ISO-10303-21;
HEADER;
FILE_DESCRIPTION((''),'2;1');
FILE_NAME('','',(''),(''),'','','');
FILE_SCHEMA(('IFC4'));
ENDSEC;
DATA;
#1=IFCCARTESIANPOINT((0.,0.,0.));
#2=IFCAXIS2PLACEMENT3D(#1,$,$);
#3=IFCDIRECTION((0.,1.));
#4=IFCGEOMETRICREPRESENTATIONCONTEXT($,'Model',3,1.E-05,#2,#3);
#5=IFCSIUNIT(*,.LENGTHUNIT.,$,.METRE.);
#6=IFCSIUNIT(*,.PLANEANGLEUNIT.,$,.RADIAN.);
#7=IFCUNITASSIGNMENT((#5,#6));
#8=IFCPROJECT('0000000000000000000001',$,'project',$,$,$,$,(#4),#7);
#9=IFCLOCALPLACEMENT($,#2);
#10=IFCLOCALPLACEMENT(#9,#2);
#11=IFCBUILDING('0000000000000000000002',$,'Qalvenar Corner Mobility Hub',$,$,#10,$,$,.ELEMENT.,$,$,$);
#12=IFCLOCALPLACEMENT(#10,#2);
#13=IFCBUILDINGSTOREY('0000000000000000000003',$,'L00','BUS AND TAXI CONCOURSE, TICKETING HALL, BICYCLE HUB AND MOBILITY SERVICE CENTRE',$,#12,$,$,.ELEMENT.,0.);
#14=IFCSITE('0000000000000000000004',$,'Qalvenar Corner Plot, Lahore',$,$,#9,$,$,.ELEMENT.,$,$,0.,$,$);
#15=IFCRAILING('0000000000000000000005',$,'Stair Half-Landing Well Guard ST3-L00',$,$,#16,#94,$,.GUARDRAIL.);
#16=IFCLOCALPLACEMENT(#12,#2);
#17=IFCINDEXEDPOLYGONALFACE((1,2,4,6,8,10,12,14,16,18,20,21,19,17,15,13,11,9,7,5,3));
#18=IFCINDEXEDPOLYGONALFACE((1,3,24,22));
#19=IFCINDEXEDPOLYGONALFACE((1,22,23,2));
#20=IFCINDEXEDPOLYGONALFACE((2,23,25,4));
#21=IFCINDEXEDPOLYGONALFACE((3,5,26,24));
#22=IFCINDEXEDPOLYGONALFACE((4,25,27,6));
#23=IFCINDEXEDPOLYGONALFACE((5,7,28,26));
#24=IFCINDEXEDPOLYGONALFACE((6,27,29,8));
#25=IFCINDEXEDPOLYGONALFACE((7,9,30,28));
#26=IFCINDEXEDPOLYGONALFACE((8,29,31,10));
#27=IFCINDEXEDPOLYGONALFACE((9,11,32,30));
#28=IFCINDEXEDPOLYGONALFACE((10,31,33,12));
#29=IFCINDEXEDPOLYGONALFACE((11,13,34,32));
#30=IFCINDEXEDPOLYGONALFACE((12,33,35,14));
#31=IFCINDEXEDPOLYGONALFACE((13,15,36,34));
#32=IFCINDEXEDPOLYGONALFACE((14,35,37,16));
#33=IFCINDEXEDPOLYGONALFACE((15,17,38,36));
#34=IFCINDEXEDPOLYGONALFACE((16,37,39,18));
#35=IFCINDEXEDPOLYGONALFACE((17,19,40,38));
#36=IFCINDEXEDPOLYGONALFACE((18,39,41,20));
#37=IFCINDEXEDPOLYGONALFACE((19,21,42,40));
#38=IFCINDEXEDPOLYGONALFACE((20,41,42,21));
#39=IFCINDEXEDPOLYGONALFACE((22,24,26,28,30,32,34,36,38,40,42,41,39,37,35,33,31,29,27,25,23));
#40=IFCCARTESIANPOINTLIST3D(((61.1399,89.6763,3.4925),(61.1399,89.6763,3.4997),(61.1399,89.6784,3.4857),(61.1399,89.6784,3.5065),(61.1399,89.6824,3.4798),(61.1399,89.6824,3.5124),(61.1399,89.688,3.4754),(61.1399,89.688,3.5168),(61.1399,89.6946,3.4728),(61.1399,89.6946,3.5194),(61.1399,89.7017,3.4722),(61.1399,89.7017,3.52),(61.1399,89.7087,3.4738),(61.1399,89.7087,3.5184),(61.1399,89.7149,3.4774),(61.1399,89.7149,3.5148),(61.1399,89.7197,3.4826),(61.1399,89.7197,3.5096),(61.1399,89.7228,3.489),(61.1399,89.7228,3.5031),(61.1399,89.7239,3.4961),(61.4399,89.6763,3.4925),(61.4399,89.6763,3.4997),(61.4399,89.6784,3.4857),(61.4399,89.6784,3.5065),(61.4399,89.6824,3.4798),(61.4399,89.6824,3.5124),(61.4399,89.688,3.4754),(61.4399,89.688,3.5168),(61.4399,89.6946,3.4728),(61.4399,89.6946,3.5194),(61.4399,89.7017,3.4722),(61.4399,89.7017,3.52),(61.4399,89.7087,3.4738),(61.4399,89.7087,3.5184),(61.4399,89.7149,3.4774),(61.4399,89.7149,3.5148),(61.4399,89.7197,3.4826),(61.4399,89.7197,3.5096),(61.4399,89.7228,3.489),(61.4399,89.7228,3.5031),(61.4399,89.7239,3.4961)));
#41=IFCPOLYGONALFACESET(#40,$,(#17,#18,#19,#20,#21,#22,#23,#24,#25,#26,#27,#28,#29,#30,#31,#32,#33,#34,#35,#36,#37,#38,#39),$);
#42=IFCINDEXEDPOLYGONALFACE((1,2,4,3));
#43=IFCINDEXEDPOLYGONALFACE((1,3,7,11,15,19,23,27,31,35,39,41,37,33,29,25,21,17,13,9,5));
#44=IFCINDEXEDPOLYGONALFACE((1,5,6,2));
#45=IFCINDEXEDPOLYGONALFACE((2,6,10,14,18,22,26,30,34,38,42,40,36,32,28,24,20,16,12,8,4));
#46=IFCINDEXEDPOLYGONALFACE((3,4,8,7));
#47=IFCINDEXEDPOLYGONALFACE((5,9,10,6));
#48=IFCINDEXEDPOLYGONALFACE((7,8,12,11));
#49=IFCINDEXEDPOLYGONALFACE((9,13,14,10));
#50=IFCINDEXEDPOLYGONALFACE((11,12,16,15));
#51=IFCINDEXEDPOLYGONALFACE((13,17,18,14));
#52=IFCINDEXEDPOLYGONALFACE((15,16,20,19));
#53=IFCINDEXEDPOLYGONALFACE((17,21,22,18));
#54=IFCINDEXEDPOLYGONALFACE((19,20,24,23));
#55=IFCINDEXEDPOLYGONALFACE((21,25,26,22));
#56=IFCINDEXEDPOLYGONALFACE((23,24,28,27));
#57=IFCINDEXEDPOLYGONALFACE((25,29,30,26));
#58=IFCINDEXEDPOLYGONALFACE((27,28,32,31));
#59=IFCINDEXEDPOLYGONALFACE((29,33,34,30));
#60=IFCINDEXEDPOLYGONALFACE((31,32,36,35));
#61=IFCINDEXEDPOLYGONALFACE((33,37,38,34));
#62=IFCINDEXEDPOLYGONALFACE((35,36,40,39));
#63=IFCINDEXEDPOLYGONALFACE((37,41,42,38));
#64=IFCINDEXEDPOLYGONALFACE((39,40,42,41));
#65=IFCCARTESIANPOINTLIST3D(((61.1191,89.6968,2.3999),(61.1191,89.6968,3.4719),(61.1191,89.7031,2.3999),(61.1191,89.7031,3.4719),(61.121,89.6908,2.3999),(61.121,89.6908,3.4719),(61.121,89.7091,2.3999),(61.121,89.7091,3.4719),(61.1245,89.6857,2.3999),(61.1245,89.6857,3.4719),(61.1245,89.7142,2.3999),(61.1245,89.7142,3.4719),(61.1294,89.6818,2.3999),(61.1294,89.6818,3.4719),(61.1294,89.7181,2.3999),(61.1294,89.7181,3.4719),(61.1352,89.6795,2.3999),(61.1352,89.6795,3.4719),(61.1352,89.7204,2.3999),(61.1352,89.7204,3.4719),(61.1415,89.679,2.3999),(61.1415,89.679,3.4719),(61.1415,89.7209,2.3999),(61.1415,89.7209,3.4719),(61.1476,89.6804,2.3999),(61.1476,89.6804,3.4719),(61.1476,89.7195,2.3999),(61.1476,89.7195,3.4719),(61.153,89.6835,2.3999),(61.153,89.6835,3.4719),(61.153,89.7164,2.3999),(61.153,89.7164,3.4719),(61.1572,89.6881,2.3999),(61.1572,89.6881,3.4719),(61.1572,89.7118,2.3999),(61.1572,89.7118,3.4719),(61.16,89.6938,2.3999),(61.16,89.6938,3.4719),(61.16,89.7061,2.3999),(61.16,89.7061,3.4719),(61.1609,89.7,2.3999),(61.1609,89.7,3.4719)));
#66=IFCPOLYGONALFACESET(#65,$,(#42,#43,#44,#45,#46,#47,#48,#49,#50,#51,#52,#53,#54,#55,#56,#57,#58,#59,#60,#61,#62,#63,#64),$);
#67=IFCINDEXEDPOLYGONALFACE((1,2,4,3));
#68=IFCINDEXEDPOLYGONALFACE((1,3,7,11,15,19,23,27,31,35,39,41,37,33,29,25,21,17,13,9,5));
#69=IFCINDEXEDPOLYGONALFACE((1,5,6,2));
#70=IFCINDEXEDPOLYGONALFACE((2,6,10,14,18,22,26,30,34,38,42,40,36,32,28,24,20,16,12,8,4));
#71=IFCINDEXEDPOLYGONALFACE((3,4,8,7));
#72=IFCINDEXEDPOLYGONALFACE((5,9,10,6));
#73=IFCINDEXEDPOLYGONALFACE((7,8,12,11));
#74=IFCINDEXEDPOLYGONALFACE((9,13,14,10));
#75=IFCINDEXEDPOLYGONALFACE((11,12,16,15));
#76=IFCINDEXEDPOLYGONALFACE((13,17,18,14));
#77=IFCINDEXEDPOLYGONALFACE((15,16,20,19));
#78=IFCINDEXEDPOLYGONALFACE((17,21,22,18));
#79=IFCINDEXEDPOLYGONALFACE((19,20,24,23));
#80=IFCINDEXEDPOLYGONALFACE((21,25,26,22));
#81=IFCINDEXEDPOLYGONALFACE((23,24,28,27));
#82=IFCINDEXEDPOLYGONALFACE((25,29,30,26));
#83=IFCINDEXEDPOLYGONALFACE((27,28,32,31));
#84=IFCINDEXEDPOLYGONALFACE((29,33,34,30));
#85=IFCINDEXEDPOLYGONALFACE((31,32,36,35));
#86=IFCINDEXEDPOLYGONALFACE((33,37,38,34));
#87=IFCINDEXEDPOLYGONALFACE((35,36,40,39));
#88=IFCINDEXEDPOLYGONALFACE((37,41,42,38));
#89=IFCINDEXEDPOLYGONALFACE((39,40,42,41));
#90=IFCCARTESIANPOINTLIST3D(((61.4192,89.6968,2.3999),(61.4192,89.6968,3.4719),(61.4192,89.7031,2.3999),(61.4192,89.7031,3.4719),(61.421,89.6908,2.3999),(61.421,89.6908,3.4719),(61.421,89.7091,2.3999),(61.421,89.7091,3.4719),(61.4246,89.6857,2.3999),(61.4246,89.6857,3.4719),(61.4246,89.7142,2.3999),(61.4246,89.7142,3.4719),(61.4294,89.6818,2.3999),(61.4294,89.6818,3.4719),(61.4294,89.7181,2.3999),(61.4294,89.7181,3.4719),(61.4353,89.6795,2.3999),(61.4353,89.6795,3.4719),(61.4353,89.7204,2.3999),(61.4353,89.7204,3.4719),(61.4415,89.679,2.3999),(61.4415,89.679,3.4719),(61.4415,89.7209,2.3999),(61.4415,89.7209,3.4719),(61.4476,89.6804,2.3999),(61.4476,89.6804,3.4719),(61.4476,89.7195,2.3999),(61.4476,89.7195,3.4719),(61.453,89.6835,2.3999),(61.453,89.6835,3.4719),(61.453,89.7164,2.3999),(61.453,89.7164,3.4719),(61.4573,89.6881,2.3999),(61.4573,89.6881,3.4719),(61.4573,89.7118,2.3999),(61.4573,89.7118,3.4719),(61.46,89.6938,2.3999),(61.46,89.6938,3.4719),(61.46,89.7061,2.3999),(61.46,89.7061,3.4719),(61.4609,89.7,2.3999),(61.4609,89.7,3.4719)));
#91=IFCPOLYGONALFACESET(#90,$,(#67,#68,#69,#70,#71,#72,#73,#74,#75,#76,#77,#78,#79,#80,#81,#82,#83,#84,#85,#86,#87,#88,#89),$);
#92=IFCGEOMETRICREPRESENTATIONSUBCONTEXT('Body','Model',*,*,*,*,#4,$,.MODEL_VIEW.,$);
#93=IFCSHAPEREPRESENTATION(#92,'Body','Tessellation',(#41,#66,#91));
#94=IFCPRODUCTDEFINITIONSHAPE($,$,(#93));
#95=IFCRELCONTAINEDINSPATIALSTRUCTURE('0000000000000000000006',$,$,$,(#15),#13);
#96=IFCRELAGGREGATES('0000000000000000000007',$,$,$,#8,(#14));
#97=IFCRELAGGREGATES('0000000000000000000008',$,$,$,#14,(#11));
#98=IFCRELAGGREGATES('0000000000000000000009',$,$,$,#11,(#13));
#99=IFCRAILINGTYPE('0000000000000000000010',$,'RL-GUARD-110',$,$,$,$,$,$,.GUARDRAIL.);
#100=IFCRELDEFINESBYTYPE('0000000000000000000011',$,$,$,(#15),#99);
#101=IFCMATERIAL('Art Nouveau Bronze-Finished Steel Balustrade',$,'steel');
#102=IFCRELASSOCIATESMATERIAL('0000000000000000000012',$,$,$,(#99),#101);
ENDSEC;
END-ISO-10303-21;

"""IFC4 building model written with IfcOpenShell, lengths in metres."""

from ifc_helpers import new_model, si_unit, direction, frame, origin, origin_2d, place, context, subcontext, project, spatial, circle, extrude, material, type_object, element, save


model = new_model("IFC4")

# Units and contexts
model_context = context("Model", 3, precision=1e-05, world=origin(), true_north=direction((0.0, 1.0)))
body_context = subcontext(model_context, "Body", "Model", "MODEL_VIEW")
ifc_project = project(units=[si_unit("LENGTHUNIT", "METRE"), si_unit("PLANEANGLEUNIT", "RADIAN")], contexts=[model_context])

# Site, building, storey
site_placement = place(None, origin())
site = spatial("IfcSite", under=ifc_project, at=site_placement, Name="Qalvenar Corner Plot, Lahore", CompositionType="ELEMENT", RefElevation=0.0)
building_placement = place(site_placement, origin())
building = spatial("IfcBuilding", under=site, at=building_placement, Name="Qalvenar Corner Mobility Hub", CompositionType="ELEMENT")
storey_placement = place(building_placement, origin())
storey = spatial("IfcBuildingStorey", under=building, at=storey_placement, Name="L00", Description="BUS AND TAXI CONCOURSE, TICKETING HALL, BICYCLE HUB AND MOBILITY SERVICE CENTRE", CompositionType="ELEMENT", Elevation=0.0)

# Railing
ifc_material_1 = material(Name="Art Nouveau Bronze-Finished Steel Balustrade", Category="steel")
railing_type_1 = type_object("IfcRailingType", Name="RL-GUARD-110", PredefinedType="GUARDRAIL", material=ifc_material_1)
railing_1_placement = place(storey_placement, frame((61.1399, 89.7, 2.3999)))
element("IfcRailing", 1, at=railing_1_placement, inside=storey, type_object=railing_type_1, Name="Stair Half-Landing Well Guard ST3-L00", PredefinedType="GUARDRAIL", context=body_context, shape_type="SweptSolid", body=[
    extrude(circle(Radius=0.0239, at=origin_2d()), frame((0.0, 0.0, 1.0962), z_axis=(1.0, 0.0, 0.0), x_axis=(0.0, 1.0, 0.0)), (0.0, 0.0, 1.0), 0.3),
    extrude(circle(Radius=0.021, at=origin_2d()), origin(), (0.0, 0.0, 1.0), 1.072),
    extrude(circle(Radius=0.021, at=origin_2d()), frame((0.3, 0.0, 0.0)), (0.0, 0.0, 1.0), 1.072),
])

save(model, "model.ifc")
